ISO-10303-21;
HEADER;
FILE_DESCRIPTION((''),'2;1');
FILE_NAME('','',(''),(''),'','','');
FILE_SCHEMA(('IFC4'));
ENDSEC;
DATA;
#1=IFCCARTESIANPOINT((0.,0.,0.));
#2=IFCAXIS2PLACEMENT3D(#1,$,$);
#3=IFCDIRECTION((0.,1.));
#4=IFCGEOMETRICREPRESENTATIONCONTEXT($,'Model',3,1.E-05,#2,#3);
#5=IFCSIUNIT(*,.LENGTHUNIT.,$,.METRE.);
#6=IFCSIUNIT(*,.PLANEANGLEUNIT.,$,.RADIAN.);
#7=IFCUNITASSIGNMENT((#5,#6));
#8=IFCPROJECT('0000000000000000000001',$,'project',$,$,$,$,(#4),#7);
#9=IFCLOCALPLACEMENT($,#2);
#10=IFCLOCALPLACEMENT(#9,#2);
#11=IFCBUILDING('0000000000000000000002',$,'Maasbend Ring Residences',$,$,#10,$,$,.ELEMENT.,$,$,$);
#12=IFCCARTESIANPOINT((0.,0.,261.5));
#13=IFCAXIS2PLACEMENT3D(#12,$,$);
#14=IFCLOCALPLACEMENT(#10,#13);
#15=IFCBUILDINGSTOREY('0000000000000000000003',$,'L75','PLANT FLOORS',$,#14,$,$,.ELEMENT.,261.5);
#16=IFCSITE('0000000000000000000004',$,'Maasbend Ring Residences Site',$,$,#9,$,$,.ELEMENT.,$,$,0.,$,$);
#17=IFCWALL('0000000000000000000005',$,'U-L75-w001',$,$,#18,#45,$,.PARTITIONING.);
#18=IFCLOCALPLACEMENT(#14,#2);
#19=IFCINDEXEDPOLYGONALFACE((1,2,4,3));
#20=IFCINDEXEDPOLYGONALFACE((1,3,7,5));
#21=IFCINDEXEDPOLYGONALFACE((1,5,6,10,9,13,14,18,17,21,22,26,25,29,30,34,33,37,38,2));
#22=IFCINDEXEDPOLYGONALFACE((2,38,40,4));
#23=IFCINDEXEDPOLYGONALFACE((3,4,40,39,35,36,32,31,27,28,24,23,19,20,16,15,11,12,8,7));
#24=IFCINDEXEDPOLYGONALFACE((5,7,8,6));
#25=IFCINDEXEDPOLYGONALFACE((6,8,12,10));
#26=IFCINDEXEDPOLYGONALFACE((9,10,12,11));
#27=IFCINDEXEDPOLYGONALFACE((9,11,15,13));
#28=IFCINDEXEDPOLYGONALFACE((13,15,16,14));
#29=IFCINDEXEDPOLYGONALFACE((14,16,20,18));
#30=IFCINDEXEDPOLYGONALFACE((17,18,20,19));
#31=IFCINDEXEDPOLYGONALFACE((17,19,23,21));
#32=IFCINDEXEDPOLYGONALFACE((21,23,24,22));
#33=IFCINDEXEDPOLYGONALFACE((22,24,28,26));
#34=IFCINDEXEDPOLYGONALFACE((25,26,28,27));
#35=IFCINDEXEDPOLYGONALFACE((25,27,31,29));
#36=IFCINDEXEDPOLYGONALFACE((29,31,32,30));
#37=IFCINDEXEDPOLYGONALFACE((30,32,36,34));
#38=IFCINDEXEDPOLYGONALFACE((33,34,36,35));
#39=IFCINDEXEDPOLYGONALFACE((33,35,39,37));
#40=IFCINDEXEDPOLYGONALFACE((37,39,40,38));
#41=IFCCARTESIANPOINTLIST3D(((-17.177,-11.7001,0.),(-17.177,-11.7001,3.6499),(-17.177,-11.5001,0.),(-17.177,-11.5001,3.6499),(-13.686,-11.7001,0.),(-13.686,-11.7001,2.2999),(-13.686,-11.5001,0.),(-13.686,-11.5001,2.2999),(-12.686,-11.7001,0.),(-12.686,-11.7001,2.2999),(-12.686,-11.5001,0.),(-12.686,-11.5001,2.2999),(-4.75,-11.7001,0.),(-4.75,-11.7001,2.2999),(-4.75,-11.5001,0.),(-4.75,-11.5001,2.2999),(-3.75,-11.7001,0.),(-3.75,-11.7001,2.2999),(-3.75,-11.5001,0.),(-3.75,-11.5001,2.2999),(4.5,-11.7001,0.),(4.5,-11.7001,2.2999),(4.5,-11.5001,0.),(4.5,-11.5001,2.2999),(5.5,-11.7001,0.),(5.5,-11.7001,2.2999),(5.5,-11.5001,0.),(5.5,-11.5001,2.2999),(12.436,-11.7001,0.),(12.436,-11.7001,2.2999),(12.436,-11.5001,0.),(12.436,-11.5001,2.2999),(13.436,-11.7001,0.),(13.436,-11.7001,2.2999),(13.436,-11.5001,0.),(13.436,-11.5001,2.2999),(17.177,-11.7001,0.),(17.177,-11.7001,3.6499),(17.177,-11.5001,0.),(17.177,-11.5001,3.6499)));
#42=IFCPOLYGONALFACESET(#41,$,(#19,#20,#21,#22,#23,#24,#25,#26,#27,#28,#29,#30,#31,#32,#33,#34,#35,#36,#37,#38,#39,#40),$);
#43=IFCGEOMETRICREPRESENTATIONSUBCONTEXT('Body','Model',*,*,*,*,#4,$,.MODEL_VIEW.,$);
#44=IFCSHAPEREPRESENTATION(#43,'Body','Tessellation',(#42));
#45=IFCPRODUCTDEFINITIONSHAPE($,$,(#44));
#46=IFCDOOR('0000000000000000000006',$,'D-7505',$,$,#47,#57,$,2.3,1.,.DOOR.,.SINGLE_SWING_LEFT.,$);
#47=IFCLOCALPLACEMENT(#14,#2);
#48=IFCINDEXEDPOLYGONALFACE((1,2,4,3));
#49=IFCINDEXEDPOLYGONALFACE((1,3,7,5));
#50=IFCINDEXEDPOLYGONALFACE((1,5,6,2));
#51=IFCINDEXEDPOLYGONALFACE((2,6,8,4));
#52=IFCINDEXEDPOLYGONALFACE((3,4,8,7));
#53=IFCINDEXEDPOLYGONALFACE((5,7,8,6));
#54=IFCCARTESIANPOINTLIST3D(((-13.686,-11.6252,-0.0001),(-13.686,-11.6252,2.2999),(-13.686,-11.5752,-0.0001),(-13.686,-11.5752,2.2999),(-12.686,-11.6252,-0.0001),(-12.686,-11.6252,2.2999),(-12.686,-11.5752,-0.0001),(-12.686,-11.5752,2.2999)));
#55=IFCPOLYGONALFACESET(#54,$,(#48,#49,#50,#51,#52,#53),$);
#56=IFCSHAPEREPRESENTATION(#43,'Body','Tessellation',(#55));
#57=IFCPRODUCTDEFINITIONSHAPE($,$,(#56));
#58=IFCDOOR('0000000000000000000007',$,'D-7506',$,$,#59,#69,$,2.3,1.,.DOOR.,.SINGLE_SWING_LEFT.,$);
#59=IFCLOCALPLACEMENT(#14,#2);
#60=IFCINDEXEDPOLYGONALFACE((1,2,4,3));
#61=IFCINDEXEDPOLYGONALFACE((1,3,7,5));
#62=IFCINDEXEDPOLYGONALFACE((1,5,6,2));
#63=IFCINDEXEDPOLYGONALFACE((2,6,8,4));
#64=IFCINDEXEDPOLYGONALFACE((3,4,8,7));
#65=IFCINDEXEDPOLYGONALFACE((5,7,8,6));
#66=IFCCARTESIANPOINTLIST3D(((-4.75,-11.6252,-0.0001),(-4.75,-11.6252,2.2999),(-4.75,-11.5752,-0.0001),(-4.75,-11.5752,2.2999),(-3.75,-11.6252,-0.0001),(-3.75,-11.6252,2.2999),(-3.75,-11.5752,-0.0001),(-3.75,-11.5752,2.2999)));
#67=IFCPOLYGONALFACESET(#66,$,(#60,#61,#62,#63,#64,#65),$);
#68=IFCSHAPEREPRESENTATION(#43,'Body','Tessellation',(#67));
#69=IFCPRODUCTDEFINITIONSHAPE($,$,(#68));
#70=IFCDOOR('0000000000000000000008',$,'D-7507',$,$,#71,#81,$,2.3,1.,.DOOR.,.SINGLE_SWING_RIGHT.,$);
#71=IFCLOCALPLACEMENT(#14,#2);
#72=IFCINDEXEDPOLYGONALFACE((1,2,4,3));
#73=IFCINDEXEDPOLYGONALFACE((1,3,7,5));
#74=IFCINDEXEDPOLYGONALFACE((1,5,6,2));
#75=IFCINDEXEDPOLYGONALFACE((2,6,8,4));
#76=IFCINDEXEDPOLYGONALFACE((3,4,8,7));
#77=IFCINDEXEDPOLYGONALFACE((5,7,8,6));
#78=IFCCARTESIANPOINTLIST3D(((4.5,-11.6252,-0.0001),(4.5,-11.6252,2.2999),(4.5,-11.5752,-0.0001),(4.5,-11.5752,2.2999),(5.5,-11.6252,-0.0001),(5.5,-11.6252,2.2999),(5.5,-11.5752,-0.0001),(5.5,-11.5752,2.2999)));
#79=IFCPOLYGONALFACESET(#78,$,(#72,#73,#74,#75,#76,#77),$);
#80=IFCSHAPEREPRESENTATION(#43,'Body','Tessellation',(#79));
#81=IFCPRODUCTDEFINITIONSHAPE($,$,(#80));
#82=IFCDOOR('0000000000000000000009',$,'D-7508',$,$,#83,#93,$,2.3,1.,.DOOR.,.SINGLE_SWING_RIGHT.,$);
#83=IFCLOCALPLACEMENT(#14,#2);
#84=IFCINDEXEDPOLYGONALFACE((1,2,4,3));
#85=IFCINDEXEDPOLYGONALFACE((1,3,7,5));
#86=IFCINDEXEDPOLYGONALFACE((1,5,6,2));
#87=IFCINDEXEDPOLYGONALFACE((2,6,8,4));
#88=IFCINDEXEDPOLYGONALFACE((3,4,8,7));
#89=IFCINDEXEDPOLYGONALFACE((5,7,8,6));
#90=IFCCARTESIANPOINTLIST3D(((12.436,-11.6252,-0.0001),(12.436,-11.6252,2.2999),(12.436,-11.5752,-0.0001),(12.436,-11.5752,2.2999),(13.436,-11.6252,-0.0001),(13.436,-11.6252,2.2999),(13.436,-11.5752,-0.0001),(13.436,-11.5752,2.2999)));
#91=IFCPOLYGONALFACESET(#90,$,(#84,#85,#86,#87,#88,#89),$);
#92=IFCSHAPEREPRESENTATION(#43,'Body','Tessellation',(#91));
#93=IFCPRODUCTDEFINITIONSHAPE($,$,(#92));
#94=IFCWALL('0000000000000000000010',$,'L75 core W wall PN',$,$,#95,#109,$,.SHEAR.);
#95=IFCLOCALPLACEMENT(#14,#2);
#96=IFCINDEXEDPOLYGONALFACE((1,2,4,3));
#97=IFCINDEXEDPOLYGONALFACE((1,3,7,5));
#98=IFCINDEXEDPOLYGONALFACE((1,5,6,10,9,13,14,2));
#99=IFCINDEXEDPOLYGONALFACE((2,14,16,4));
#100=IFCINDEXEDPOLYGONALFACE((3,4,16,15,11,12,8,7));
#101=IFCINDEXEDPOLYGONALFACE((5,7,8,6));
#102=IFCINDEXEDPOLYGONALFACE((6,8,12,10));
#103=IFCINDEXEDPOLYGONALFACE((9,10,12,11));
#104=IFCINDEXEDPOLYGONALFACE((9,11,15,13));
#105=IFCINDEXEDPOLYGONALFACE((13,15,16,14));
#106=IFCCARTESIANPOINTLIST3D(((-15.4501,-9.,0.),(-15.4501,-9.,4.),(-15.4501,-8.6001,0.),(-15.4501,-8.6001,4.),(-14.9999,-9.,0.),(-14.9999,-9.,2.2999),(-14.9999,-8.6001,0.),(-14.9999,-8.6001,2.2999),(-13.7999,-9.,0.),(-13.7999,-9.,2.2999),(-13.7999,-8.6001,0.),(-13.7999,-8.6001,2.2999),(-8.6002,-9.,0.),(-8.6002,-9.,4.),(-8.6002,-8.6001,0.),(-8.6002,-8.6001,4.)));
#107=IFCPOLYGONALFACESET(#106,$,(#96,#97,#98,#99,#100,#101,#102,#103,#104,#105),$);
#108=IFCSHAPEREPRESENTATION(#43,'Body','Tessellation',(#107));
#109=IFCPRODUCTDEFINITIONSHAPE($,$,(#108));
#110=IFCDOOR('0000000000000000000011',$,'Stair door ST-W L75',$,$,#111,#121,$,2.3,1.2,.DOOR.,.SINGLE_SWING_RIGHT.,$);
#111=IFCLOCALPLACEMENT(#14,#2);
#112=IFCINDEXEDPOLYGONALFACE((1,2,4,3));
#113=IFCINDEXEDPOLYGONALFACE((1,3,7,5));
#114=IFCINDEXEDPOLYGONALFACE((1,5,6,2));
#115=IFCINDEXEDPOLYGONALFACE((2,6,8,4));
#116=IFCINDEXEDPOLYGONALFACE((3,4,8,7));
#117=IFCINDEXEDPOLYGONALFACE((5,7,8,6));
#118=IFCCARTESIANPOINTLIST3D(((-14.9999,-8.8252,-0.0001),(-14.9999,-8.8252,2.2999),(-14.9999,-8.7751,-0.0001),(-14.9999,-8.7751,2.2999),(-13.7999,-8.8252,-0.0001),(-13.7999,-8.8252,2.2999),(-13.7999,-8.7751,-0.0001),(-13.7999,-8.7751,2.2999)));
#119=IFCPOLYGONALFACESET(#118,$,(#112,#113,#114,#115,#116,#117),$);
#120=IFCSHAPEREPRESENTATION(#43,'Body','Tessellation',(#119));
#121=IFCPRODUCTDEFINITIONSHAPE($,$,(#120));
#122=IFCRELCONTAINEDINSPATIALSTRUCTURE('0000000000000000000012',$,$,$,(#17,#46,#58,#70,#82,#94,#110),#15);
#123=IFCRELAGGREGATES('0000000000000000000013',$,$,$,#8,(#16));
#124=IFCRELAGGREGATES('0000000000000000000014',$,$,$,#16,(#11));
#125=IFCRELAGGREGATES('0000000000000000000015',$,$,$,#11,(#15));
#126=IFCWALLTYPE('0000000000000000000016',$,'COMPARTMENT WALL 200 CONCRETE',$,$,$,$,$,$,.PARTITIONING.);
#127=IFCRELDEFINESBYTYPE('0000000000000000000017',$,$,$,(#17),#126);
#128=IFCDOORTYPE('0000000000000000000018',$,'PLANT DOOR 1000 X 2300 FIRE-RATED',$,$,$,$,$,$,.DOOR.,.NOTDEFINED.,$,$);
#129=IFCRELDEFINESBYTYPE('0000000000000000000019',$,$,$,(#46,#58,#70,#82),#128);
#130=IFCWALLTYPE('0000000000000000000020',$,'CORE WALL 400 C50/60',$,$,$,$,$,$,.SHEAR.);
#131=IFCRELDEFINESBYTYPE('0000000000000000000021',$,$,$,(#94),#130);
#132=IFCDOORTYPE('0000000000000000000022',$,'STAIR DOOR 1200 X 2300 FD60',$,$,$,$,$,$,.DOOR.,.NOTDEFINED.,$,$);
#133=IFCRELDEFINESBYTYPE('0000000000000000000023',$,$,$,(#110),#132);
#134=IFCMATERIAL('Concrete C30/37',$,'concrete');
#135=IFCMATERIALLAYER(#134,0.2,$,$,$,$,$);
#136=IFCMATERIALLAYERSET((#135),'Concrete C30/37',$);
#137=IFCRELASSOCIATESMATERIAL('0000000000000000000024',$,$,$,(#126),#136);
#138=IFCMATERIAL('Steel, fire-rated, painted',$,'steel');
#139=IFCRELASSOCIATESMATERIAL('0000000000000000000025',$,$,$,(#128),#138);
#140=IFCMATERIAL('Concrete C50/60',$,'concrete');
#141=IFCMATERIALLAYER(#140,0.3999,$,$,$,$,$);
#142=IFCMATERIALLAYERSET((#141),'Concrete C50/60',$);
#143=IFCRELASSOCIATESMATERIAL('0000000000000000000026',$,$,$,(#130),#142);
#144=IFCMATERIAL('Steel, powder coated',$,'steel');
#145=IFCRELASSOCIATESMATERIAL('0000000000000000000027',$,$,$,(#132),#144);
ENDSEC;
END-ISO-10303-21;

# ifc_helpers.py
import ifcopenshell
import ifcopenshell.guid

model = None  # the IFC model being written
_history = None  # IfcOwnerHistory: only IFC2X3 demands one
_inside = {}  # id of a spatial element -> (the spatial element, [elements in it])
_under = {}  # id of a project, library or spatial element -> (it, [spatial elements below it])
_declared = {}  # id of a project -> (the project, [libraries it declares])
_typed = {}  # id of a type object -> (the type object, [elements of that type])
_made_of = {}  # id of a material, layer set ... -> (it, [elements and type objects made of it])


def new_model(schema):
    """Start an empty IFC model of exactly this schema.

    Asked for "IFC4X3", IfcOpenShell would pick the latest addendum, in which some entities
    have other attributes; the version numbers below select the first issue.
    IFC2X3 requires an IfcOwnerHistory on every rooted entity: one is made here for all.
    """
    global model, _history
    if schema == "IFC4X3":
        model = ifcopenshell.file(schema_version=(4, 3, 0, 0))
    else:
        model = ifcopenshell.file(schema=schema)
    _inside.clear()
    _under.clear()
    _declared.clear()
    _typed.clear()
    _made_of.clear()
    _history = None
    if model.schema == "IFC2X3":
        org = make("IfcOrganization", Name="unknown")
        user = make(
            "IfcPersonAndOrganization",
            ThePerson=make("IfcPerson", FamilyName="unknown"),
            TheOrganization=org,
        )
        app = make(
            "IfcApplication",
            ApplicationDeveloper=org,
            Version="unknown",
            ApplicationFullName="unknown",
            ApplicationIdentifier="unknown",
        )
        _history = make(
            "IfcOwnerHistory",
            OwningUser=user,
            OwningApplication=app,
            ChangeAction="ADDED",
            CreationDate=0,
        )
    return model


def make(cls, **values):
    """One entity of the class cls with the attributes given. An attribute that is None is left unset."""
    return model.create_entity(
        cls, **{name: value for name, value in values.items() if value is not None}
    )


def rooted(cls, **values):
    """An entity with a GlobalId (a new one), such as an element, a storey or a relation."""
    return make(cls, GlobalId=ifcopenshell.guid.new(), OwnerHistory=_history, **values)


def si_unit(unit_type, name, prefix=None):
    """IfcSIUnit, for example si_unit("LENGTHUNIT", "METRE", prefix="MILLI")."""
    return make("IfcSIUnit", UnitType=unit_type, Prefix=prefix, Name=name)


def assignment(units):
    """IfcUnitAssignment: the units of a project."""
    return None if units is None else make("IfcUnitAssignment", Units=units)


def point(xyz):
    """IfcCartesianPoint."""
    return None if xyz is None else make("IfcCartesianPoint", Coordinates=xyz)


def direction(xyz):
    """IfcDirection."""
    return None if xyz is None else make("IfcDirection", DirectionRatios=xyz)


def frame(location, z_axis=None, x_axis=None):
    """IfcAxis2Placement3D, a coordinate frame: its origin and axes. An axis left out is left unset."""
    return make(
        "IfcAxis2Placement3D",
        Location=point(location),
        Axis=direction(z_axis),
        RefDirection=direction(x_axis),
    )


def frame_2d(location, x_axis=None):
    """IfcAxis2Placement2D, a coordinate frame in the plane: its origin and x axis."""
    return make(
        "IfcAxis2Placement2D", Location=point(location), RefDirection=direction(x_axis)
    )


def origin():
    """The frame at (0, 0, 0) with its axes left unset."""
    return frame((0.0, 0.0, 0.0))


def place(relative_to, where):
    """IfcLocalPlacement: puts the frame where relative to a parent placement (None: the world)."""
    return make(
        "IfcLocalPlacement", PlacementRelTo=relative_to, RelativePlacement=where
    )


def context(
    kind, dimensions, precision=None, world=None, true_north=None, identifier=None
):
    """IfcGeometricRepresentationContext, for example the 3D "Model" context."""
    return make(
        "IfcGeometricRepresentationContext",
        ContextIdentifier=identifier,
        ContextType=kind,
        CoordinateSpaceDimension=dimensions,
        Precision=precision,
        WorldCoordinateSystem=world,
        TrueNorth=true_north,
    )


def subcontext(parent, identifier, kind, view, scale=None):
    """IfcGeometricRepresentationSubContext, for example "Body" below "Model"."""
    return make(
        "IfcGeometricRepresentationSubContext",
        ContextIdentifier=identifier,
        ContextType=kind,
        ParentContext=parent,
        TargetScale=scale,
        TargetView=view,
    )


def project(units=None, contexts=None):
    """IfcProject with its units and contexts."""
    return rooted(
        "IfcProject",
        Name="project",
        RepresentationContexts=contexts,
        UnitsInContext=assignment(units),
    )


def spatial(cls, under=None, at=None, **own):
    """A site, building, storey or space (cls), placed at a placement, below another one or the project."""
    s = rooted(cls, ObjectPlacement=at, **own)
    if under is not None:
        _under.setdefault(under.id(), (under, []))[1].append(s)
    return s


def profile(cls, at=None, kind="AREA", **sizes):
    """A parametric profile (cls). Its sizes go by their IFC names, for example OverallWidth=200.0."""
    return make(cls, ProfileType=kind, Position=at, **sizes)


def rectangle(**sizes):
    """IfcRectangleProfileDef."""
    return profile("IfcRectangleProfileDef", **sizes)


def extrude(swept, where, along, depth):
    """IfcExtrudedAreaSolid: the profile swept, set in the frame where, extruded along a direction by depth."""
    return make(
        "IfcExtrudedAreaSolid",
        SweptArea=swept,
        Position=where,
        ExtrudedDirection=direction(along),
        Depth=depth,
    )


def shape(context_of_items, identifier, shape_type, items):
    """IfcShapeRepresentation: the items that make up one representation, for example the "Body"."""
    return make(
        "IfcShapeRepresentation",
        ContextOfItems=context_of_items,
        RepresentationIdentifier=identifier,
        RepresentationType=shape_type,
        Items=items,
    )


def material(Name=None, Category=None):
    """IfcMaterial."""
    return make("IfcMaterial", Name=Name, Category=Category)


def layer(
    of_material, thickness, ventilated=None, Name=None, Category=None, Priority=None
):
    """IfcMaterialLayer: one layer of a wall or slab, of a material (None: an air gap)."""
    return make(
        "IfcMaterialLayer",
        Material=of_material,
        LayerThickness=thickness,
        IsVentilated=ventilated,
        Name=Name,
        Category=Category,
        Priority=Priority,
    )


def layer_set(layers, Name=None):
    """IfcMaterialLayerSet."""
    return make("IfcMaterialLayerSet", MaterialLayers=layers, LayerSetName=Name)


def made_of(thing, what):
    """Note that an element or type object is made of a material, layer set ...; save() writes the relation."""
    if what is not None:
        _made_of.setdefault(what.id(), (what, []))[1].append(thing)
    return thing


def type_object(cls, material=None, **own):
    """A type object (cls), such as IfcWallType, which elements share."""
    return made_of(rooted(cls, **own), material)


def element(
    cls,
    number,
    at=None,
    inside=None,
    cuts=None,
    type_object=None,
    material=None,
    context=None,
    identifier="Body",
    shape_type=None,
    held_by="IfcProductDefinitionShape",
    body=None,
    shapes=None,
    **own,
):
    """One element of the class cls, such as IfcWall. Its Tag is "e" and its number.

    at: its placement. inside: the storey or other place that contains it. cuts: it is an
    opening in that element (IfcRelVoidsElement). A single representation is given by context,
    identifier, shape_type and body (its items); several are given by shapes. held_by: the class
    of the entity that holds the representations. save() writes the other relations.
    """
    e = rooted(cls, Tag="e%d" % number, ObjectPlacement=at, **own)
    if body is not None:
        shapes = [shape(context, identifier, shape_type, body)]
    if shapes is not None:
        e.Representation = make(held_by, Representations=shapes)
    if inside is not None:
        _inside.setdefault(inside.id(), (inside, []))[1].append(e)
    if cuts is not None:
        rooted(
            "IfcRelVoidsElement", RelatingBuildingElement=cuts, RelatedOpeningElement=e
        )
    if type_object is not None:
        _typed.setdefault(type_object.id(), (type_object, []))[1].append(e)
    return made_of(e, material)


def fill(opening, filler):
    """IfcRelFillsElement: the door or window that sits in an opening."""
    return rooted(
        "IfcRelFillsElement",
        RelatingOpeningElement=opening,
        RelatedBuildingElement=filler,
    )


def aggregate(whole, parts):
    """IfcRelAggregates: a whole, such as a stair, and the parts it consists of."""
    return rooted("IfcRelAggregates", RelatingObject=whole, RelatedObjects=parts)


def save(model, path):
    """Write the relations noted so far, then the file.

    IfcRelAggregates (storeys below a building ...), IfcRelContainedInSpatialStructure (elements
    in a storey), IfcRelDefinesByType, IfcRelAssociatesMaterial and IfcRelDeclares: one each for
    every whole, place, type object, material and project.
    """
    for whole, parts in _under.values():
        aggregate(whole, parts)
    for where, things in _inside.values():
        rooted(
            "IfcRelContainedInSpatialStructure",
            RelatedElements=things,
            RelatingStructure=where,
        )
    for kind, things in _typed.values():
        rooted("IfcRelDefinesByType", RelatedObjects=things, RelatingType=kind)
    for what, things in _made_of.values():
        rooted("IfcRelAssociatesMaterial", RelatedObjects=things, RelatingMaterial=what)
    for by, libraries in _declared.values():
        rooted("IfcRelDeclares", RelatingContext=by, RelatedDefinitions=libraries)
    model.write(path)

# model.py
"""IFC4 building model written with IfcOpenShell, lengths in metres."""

from ifc_helpers import new_model, si_unit, direction, frame, frame_2d, origin, place, context, subcontext, project, spatial, rectangle, extrude, material, layer, layer_set, type_object, element, fill, save


model = new_model("IFC4")

# Units and contexts
model_context = context("Model", 3, precision=1e-05, world=origin(), true_north=direction((0.0, 1.0)))
body_context = subcontext(model_context, "Body", "Model", "MODEL_VIEW")
ifc_project = project(units=[si_unit("LENGTHUNIT", "METRE"), si_unit("PLANEANGLEUNIT", "RADIAN")], contexts=[model_context])

# Site, building, storey
site_placement = place(None, origin())
site = spatial("IfcSite", under=ifc_project, at=site_placement, Name="Maasbend Ring Residences Site", CompositionType="ELEMENT", RefElevation=0.0)
building_placement = place(site_placement, origin())
building = spatial("IfcBuilding", under=site, at=building_placement, Name="Maasbend Ring Residences", CompositionType="ELEMENT")
storey_placement = place(building_placement, frame((0.0, 0.0, 261.5)))
storey = spatial("IfcBuildingStorey", under=building, at=storey_placement, Name="L75", Description="PLANT FLOORS", CompositionType="ELEMENT", Elevation=261.5)

# Wall, openings, doors
ifc_material_1 = material(Name="Concrete C30/37", Category="concrete")
ifc_layer_1 = layer(ifc_material_1, 0.2)
ifc_layer_set_1 = layer_set([ifc_layer_1], Name="Concrete C30/37")
wall_type_1 = type_object("IfcWallType", Name="COMPARTMENT WALL 200 CONCRETE", PredefinedType="PARTITIONING", material=ifc_layer_set_1)
wall_1_placement = place(storey_placement, frame((-17.177, -11.6001, 0.0), z_axis=(0.0, 0.0, 1.0), x_axis=(1.0, 0.0, 0.0)))
wall_1 = element("IfcWall", 1, at=wall_1_placement, inside=storey, type_object=wall_type_1, Name="U-L75-w001", PredefinedType="PARTITIONING", context=body_context, shape_type="SweptSolid", body=[
    extrude(rectangle(XDim=34.354, YDim=0.2, at=frame_2d((17.177, 0.0))), origin(), (0.0, 0.0, 1.0), 3.6499),
])
opening_1_placement = place(wall_1_placement, frame((3.491, 0.0, 0.0)))
opening_1 = element("IfcOpeningElement", 2, at=opening_1_placement, cuts=wall_1, PredefinedType="OPENING", context=body_context, shape_type="SweptSolid", body=[
    extrude(rectangle(XDim=1.0, YDim=2.3, at=frame_2d((0.5, 1.1499))), frame((0.0, 0.1099, 0.0), z_axis=(0.0, -1.0, 0.0), x_axis=(1.0, 0.0, 0.0)), (0.0, 0.0, 1.0), 0.22),
])
opening_2_placement = place(wall_1_placement, frame((12.427, 0.0, 0.0)))
opening_2 = element("IfcOpeningElement", 3, at=opening_2_placement, cuts=wall_1, PredefinedType="OPENING", context=body_context, shape_type="SweptSolid", body=[
    extrude(rectangle(XDim=1.0, YDim=2.3, at=frame_2d((0.5, 1.1499))), frame((0.0, 0.1099, 0.0), z_axis=(0.0, -1.0, 0.0), x_axis=(1.0, 0.0, 0.0)), (0.0, 0.0, 1.0), 0.22),
])
opening_3_placement = place(wall_1_placement, frame((21.677, 0.0, 0.0)))
opening_3 = element("IfcOpeningElement", 4, at=opening_3_placement, cuts=wall_1, PredefinedType="OPENING", context=body_context, shape_type="SweptSolid", body=[
    extrude(rectangle(XDim=1.0, YDim=2.3, at=frame_2d((0.5, 1.1499))), frame((0.0, 0.1099, 0.0), z_axis=(0.0, -1.0, 0.0), x_axis=(1.0, 0.0, 0.0)), (0.0, 0.0, 1.0), 0.22),
])
opening_4_placement = place(wall_1_placement, frame((29.613, 0.0, 0.0)))
opening_4 = element("IfcOpeningElement", 5, at=opening_4_placement, cuts=wall_1, PredefinedType="OPENING", context=body_context, shape_type="SweptSolid", body=[
    extrude(rectangle(XDim=1.0, YDim=2.3, at=frame_2d((0.5, 1.1499))), frame((0.0, 0.1099, 0.0), z_axis=(0.0, -1.0, 0.0), x_axis=(1.0, 0.0, 0.0)), (0.0, 0.0, 1.0), 0.22),
])
ifc_material_2 = material(Name="Steel, fire-rated, painted", Category="steel")
door_type_1 = type_object("IfcDoorType", Name="PLANT DOOR 1000 X 2300 FIRE-RATED", OperationType="NOTDEFINED", PredefinedType="DOOR", material=ifc_material_2)
door_1_placement = place(opening_1_placement, origin())
door_1 = element("IfcDoor", 6, at=door_1_placement, inside=storey, type_object=door_type_1, Name="D-7505", OperationType="SINGLE_SWING_LEFT", OverallHeight=2.3, OverallWidth=1.0, PredefinedType="DOOR", context=body_context, shape_type="SweptSolid", body=[
    extrude(rectangle(XDim=1.0, YDim=2.3, at=frame_2d((0.5, 1.1499))), frame((0.0, 0.0249, 0.0), z_axis=(0.0, -1.0, 0.0), x_axis=(1.0, 0.0, 0.0)), (0.0, 0.0, 1.0), 0.05),
])
fill(opening_1, door_1)
door_2_placement = place(opening_2_placement, origin())
door_2 = element("IfcDoor", 7, at=door_2_placement, inside=storey, type_object=door_type_1, Name="D-7506", OperationType="SINGLE_SWING_LEFT", OverallHeight=2.3, OverallWidth=1.0, PredefinedType="DOOR", context=body_context, shape_type="SweptSolid", body=[
    extrude(rectangle(XDim=1.0, YDim=2.3, at=frame_2d((0.5, 1.1499))), frame((0.0, 0.0249, 0.0), z_axis=(0.0, -1.0, 0.0), x_axis=(1.0, 0.0, 0.0)), (0.0, 0.0, 1.0), 0.05),
])
fill(opening_2, door_2)
door_3_placement = place(opening_3_placement, origin())
door_3 = element("IfcDoor", 8, at=door_3_placement, inside=storey, type_object=door_type_1, Name="D-7507", OperationType="SINGLE_SWING_RIGHT", OverallHeight=2.3, OverallWidth=1.0, PredefinedType="DOOR", context=body_context, shape_type="SweptSolid", body=[
    extrude(rectangle(XDim=1.0, YDim=2.3, at=frame_2d((0.5, 1.1499))), frame((0.0, 0.0249, 0.0), z_axis=(0.0, -1.0, 0.0), x_axis=(1.0, 0.0, 0.0)), (0.0, 0.0, 1.0), 0.05),
])
fill(opening_3, door_3)
door_4_placement = place(opening_4_placement, origin())
door_4 = element("IfcDoor", 9, at=door_4_placement, inside=storey, type_object=door_type_1, Name="D-7508", OperationType="SINGLE_SWING_RIGHT", OverallHeight=2.3, OverallWidth=1.0, PredefinedType="DOOR", context=body_context, shape_type="SweptSolid", body=[
    extrude(rectangle(XDim=1.0, YDim=2.3, at=frame_2d((0.5, 1.1499))), frame((0.0, 0.0249, 0.0), z_axis=(0.0, -1.0, 0.0), x_axis=(1.0, 0.0, 0.0)), (0.0, 0.0, 1.0), 0.05),
])
fill(opening_4, door_4)

# Wall, opening, door
ifc_material_3 = material(Name="Concrete C50/60", Category="concrete")
ifc_layer_2 = layer(ifc_material_3, 0.3999)
ifc_layer_set_2 = layer_set([ifc_layer_2], Name="Concrete C50/60")
wall_type_2 = type_object("IfcWallType", Name="CORE WALL 400 C50/60", PredefinedType="SHEAR", material=ifc_layer_set_2)
wall_2_placement = place(storey_placement, frame((-15.45, -8.8, 0.0), z_axis=(0.0, 0.0, 1.0), x_axis=(1.0, 0.0, 0.0)))
wall_2 = element("IfcWall", 10, at=wall_2_placement, inside=storey, type_object=wall_type_2, Name="L75 core W wall PN", PredefinedType="SHEAR", context=body_context, shape_type="SweptSolid", body=[
    extrude(rectangle(XDim=6.8499, YDim=0.3999, at=frame_2d((3.4248, 0.0))), origin(), (0.0, 0.0, 1.0), 4.0),
])
opening_5_placement = place(wall_2_placement, frame((0.45, 0.0, 0.0)))
opening_5 = element("IfcOpeningElement", 11, at=opening_5_placement, cuts=wall_2, PredefinedType="OPENING", context=body_context, shape_type="SweptSolid", body=[
    extrude(rectangle(XDim=1.2, YDim=2.3, at=frame_2d((0.6001, 1.1499))), frame((0.0, 0.21, 0.0), z_axis=(0.0, -1.0, 0.0), x_axis=(1.0, 0.0, 0.0)), (0.0, 0.0, 1.0), 0.4199),
])
ifc_material_4 = material(Name="Steel, powder coated", Category="steel")
door_type_2 = type_object("IfcDoorType", Name="STAIR DOOR 1200 X 2300 FD60", OperationType="NOTDEFINED", PredefinedType="DOOR", material=ifc_material_4)
door_5_placement = place(opening_5_placement, origin())
door_5 = element("IfcDoor", 12, at=door_5_placement, inside=storey, type_object=door_type_2, Name="Stair door ST-W L75", OperationType="SINGLE_SWING_RIGHT", OverallHeight=2.3, OverallWidth=1.2, PredefinedType="DOOR", context=body_context, shape_type="SweptSolid", body=[
    extrude(rectangle(XDim=1.2, YDim=2.3, at=frame_2d((0.6001, 1.1499))), frame((0.0, 0.0249, 0.0), z_axis=(0.0, -1.0, 0.0), x_axis=(1.0, 0.0, 0.0)), (0.0, 0.0, 1.0), 0.05),
])
fill(opening_5, door_5)

save(model, "model.ifc")
